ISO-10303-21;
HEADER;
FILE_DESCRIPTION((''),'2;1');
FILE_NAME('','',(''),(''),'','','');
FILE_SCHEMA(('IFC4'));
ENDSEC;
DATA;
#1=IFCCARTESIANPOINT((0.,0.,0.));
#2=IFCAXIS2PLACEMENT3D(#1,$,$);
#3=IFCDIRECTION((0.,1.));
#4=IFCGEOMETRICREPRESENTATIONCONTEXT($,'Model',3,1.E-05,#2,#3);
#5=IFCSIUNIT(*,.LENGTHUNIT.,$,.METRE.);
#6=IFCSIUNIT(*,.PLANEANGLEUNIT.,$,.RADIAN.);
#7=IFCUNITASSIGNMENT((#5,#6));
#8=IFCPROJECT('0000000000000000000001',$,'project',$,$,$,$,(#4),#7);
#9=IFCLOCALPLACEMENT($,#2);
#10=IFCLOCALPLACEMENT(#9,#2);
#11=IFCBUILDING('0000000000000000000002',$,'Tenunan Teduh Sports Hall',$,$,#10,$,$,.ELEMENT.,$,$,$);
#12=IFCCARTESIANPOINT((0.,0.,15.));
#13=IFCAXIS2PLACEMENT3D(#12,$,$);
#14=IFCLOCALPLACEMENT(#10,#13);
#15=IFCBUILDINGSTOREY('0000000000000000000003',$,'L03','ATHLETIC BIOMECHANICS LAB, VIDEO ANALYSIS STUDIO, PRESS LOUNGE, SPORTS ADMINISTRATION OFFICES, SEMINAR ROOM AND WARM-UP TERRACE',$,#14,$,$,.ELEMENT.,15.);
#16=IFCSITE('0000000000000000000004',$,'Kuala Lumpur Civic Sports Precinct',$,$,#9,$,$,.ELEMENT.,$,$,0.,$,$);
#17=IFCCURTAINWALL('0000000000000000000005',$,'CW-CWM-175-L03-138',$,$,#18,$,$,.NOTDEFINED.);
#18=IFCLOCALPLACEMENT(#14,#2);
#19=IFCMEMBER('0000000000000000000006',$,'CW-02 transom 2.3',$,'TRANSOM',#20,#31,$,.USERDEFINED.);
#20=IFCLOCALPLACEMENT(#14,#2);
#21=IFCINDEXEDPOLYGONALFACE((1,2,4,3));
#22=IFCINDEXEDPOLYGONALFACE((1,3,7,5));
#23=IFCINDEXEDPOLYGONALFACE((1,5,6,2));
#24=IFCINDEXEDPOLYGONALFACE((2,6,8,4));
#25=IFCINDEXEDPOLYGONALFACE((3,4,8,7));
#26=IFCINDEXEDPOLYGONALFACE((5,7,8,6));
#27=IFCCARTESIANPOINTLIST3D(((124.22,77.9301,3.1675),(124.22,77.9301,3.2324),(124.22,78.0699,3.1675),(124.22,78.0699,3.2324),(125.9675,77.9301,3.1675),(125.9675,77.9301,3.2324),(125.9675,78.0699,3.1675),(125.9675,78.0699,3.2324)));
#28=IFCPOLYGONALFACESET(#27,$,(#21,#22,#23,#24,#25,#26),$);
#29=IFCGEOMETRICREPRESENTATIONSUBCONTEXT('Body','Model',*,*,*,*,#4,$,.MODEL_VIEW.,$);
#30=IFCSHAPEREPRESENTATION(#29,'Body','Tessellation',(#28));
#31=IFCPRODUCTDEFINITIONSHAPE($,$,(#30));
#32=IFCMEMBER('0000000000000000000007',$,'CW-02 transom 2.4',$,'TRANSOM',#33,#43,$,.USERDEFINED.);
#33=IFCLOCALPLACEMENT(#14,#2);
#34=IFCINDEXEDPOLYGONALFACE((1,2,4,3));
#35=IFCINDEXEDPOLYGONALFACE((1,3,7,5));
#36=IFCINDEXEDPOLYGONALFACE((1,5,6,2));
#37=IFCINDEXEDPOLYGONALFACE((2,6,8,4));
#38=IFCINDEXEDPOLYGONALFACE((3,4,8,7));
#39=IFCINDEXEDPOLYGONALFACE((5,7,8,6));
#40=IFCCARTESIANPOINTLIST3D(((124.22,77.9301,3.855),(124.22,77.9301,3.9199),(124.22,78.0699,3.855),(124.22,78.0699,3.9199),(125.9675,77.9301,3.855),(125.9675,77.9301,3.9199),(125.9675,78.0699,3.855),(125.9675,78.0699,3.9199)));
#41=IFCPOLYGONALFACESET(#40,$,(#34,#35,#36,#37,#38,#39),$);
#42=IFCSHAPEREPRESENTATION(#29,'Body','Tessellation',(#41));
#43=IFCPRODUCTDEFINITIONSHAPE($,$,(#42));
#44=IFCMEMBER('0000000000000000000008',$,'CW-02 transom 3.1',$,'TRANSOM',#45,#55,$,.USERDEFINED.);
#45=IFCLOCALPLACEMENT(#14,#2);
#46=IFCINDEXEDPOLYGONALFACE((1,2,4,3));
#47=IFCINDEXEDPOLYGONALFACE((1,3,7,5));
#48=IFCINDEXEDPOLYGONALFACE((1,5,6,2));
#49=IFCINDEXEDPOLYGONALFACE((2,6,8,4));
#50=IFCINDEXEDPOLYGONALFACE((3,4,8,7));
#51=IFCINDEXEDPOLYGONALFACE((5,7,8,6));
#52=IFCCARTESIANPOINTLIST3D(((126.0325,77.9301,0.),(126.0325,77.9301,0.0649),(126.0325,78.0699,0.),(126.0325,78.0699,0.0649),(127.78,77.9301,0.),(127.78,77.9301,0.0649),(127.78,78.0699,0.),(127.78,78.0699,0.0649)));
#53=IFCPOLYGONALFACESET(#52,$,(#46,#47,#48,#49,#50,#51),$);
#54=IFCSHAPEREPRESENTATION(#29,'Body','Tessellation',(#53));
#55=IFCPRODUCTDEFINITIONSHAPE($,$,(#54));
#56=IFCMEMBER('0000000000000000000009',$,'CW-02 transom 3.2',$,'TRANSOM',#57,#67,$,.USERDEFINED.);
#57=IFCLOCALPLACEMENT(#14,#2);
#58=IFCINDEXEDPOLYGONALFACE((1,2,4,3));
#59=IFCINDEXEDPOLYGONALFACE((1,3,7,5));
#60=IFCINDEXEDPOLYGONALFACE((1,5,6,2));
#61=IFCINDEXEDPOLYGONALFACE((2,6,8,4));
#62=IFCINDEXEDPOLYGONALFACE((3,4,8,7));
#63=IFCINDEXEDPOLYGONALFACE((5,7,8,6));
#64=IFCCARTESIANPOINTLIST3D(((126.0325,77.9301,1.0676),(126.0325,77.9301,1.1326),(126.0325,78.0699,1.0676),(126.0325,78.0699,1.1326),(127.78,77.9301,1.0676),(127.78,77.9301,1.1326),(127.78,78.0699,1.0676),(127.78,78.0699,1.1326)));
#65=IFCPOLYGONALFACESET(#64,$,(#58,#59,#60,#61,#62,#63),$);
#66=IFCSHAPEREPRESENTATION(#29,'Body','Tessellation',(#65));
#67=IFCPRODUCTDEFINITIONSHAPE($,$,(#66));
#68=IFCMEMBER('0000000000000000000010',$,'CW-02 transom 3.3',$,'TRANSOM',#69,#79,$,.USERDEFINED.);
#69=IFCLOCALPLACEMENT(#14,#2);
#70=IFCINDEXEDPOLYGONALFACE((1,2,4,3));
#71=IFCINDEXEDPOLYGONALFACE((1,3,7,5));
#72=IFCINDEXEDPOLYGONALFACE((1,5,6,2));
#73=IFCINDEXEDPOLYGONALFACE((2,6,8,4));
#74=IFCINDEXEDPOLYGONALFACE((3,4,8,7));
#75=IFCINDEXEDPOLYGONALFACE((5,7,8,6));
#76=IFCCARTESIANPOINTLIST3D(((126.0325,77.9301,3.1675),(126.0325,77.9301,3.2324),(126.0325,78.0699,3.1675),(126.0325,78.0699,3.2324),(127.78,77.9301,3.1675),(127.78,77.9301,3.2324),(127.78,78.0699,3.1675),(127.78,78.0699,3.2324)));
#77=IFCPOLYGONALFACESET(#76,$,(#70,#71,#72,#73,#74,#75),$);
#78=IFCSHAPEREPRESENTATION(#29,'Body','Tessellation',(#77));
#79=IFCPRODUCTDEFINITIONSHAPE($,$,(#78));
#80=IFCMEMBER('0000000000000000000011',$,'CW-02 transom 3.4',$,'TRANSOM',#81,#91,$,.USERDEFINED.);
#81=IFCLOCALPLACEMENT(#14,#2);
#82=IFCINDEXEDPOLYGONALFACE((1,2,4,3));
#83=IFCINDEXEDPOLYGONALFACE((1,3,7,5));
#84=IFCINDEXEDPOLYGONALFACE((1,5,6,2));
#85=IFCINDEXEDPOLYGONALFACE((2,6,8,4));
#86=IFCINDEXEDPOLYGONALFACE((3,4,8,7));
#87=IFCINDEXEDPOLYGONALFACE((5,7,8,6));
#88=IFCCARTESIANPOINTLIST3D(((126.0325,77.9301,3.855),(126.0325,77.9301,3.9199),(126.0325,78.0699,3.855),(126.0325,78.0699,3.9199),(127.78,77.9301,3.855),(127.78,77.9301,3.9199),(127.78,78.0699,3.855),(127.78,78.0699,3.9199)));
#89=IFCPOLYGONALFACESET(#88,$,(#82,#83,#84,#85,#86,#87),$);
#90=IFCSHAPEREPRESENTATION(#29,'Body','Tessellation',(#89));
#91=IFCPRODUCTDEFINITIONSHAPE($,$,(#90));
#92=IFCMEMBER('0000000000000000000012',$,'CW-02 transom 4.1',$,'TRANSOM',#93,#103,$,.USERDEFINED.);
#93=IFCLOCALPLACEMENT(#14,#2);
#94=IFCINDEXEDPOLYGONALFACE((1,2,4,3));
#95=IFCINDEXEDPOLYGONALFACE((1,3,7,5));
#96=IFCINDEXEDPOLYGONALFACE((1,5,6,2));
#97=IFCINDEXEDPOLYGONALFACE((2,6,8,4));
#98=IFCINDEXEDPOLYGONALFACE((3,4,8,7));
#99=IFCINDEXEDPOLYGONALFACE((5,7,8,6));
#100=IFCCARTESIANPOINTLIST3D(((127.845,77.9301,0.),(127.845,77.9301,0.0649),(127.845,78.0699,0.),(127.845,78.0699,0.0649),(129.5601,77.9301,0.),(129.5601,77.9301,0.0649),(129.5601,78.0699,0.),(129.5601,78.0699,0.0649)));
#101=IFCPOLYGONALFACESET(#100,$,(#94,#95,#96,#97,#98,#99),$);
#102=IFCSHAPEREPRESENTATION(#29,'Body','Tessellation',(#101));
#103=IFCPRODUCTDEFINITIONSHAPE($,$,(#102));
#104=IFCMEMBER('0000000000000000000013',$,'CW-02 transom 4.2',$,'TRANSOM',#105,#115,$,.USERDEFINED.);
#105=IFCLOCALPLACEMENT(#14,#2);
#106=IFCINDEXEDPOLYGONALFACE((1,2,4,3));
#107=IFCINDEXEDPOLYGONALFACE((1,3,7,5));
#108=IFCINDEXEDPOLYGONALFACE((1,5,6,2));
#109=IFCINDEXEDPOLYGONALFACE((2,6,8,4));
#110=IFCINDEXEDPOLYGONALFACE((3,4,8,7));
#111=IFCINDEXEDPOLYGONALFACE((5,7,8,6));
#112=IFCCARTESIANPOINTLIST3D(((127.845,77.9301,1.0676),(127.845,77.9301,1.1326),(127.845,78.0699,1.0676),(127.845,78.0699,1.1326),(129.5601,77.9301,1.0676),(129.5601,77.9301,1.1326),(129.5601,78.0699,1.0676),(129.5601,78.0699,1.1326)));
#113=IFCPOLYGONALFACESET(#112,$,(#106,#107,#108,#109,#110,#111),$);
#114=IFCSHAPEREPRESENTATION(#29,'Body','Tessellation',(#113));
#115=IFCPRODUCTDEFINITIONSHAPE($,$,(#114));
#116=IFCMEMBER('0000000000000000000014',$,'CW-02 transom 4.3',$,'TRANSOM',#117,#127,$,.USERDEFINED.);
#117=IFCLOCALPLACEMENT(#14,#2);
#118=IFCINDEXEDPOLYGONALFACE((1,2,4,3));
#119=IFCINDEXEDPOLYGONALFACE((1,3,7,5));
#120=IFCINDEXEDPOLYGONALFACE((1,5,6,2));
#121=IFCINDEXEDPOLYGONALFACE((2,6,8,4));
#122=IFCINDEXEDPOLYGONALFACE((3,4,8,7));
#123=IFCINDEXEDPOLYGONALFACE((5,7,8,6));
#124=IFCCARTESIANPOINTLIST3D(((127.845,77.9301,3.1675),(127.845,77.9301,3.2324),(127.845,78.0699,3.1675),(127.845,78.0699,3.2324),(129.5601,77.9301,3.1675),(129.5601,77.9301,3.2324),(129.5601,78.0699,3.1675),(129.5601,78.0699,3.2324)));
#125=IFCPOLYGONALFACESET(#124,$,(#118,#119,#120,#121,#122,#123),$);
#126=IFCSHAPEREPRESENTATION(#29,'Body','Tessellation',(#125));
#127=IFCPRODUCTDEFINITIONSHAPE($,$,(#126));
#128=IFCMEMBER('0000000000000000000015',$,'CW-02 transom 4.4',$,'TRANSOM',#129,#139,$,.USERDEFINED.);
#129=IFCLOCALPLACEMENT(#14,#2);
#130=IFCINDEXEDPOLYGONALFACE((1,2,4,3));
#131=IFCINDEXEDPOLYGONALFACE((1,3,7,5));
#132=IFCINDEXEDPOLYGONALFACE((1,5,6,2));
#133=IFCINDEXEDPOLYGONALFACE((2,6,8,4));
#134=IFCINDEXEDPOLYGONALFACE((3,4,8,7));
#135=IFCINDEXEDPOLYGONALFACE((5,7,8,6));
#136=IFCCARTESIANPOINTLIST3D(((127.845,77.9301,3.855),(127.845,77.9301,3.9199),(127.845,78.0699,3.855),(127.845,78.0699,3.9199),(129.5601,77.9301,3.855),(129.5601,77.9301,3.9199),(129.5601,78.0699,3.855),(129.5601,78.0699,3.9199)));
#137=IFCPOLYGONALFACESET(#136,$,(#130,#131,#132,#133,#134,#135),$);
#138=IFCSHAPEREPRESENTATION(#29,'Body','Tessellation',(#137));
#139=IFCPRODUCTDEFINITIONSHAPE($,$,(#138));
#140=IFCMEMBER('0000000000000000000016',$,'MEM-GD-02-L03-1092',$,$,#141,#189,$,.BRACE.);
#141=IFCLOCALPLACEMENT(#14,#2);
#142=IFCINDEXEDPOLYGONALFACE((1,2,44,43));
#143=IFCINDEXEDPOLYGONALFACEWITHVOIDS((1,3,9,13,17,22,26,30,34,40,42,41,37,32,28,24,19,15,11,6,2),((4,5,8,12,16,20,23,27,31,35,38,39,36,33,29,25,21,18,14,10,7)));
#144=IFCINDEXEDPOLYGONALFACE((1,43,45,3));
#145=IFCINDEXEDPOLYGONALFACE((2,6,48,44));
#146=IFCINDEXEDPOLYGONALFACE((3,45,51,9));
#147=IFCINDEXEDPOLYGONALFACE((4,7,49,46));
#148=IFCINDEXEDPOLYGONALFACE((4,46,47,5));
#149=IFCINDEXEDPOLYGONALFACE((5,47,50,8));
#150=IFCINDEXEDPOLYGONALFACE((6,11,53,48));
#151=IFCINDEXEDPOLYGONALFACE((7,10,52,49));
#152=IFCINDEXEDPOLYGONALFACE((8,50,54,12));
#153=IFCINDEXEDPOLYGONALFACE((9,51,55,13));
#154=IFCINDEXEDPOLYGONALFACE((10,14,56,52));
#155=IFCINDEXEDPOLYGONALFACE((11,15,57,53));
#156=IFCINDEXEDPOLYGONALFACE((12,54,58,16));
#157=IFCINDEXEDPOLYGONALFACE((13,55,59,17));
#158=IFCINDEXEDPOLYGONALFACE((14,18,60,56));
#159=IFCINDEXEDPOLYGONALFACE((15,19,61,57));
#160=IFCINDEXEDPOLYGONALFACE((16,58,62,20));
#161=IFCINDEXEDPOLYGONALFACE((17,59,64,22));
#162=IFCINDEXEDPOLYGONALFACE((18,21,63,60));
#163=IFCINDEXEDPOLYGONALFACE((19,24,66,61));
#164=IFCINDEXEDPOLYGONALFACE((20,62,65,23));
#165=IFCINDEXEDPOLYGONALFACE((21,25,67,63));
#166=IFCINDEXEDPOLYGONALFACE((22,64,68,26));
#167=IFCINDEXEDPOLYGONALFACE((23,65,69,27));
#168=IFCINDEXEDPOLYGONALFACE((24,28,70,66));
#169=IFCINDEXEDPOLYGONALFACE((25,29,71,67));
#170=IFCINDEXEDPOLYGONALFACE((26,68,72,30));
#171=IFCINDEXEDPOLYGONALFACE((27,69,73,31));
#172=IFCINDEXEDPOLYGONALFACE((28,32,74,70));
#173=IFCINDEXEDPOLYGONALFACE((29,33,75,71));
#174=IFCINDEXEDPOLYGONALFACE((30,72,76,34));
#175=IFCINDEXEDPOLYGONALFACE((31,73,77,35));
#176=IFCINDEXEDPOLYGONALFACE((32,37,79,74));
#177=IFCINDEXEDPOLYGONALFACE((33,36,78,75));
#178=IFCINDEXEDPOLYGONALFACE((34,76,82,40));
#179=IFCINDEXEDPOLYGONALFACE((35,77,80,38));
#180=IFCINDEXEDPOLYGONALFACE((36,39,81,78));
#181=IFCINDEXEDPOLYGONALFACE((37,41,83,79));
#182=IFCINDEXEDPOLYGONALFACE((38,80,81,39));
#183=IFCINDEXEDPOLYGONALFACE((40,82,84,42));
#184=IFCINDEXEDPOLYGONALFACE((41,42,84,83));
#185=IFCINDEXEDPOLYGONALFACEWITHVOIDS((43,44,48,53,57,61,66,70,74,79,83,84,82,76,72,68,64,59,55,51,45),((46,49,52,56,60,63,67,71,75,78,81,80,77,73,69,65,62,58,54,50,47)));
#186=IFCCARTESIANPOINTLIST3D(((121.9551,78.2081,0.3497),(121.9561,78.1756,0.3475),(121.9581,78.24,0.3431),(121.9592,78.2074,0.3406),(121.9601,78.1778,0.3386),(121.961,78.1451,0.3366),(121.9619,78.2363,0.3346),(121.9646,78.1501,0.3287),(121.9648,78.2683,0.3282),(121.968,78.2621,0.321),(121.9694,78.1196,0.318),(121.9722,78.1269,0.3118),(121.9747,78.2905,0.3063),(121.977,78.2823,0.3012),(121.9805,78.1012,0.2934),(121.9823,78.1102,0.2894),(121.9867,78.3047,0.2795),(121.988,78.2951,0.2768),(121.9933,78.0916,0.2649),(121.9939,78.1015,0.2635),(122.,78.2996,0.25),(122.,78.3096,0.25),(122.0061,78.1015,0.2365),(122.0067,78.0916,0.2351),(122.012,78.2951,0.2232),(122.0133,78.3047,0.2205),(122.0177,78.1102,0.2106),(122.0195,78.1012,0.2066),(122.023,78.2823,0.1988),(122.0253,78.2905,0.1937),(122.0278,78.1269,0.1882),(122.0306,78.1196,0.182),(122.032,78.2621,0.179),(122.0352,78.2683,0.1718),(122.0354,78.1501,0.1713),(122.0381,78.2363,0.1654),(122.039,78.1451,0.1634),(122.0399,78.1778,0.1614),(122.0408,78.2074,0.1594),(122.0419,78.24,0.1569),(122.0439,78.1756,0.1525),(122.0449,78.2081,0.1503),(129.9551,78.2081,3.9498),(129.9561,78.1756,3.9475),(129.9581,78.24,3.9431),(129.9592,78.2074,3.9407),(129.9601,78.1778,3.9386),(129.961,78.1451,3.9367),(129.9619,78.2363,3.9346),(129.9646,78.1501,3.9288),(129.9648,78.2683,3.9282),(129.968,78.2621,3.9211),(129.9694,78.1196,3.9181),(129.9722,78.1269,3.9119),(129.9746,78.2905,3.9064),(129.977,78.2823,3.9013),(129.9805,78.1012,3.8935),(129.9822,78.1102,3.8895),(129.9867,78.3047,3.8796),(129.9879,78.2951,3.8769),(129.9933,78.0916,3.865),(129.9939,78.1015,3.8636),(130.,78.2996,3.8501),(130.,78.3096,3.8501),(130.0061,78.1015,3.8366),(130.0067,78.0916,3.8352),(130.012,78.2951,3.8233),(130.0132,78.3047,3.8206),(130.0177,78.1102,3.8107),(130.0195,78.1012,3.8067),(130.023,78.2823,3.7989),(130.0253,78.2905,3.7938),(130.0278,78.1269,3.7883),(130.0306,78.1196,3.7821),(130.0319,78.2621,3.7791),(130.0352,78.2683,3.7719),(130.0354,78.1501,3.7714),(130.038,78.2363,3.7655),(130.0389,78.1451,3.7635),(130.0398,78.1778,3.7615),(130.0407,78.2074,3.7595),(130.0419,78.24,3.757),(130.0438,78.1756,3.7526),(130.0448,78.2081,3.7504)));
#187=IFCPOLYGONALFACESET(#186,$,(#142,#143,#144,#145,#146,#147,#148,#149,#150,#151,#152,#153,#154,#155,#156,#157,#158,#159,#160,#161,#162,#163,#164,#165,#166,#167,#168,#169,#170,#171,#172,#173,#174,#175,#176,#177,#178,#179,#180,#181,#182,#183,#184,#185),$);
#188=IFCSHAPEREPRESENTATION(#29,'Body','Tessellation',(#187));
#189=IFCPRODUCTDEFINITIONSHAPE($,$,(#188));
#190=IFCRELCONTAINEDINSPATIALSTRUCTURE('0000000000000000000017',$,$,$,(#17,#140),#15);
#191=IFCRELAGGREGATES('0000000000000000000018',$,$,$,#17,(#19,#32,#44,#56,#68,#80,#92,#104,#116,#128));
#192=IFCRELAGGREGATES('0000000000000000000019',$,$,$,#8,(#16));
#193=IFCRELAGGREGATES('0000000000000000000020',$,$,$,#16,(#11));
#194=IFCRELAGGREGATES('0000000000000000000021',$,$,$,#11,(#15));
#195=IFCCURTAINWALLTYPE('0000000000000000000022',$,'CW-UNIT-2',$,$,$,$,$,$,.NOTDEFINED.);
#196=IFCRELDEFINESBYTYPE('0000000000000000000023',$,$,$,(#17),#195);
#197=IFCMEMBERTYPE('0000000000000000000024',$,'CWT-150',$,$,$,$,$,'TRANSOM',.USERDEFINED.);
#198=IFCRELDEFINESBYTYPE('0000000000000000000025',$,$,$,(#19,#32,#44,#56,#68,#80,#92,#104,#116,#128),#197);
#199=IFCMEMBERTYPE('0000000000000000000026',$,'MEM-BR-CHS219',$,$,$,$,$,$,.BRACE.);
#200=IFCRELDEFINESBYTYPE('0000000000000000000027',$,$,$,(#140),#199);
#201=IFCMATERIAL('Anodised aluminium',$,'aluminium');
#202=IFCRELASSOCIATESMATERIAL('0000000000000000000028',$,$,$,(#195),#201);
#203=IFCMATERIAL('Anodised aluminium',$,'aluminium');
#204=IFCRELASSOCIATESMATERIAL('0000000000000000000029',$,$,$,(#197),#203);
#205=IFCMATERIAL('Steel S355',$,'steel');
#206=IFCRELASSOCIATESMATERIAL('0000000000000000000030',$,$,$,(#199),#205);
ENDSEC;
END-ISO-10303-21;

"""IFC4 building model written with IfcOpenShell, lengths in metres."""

from ifc_helpers import new_model, si_unit, direction, frame, origin, origin_2d, place, context, subcontext, project, spatial, rectangle, hollow_circle, extrude, material, material_profile, profile_set, type_object, element, aggregate, save


model = new_model("IFC4")

# Units and contexts
model_context = context("Model", 3, precision=1e-05, world=origin(), true_north=direction((0.0, 1.0)))
body_context = subcontext(model_context, "Body", "Model", "MODEL_VIEW")
ifc_project = project(units=[si_unit("LENGTHUNIT", "METRE"), si_unit("PLANEANGLEUNIT", "RADIAN")], contexts=[model_context])

# Site, building, storey
site_placement = place(None, origin())
site = spatial("IfcSite", under=ifc_project, at=site_placement, Name="Kuala Lumpur Civic Sports Precinct", CompositionType="ELEMENT", RefElevation=0.0)
building_placement = place(site_placement, origin())
building = spatial("IfcBuilding", under=site, at=building_placement, Name="Tenunan Teduh Sports Hall", CompositionType="ELEMENT")
storey_placement = place(building_placement, frame((0.0, 0.0, 15.0)))
storey = spatial("IfcBuildingStorey", under=building, at=storey_placement, Name="L03", Description="ATHLETIC BIOMECHANICS LAB, VIDEO ANALYSIS STUDIO, PRESS LOUNGE, SPORTS ADMINISTRATION OFFICES, SEMINAR ROOM AND WARM-UP TERRACE", CompositionType="ELEMENT", Elevation=15.0)

# Shared definitions
ifc_material_1 = material(Name="Anodised aluminium", Category="aluminium")
curtain_wall_type = type_object("IfcCurtainWallType", Name="CW-UNIT-2", PredefinedType="NOTDEFINED", material=ifc_material_1)

# Curtain wall, members
curtain_wall_1_placement = place(storey_placement, origin())
curtain_wall_1 = element("IfcCurtainWall", 1, at=curtain_wall_1_placement, inside=storey, type_object=curtain_wall_type, Name="CW-CWM-175-L03-138", PredefinedType="NOTDEFINED")
ifc_material_2 = material(Name="Anodised aluminium", Category="aluminium")
ifc_material_profile_1 = material_profile(ifc_material_2, rectangle(XDim=0.0649, YDim=0.1399, at=origin_2d()), Name="CWT 65x140")
ifc_profile_set_1 = profile_set([ifc_material_profile_1], Name="Anodised aluminium")
member_type_1 = type_object("IfcMemberType", Name="CWT-150", ElementType="TRANSOM", PredefinedType="USERDEFINED", material=ifc_profile_set_1)
member_1_placement = place(storey_placement, frame((124.22, 78.0, 3.2), z_axis=(1.0, 0.0, 0.0), x_axis=(0.0, 0.0, 1.0)))
member_1 = element("IfcMember", 2, at=member_1_placement, type_object=member_type_1, Name="CW-02 transom 2.3", ObjectType="TRANSOM", PredefinedType="USERDEFINED", context=body_context, shape_type="SweptSolid", body=[
    extrude(rectangle(XDim=0.0649, YDim=0.1399, at=origin_2d()), origin(), (0.0, 0.0, 1.0), 1.7476),
])
member_2_placement = place(storey_placement, frame((124.22, 78.0, 3.8875), z_axis=(1.0, 0.0, 0.0), x_axis=(0.0, 0.0, 1.0)))
member_2 = element("IfcMember", 3, at=member_2_placement, type_object=member_type_1, Name="CW-02 transom 2.4", ObjectType="TRANSOM", PredefinedType="USERDEFINED", context=body_context, shape_type="SweptSolid", body=[
    extrude(rectangle(XDim=0.0649, YDim=0.1399, at=origin_2d()), origin(), (0.0, 0.0, 1.0), 1.7476),
])
member_3_placement = place(storey_placement, frame((126.0325, 78.0, 0.0325), z_axis=(1.0, 0.0, 0.0), x_axis=(0.0, 0.0, 1.0)))
member_3 = element("IfcMember", 4, at=member_3_placement, type_object=member_type_1, Name="CW-02 transom 3.1", ObjectType="TRANSOM", PredefinedType="USERDEFINED", context=body_context, shape_type="SweptSolid", body=[
    extrude(rectangle(XDim=0.0649, YDim=0.1399, at=origin_2d()), origin(), (0.0, 0.0, 1.0), 1.7476),
])
member_4_placement = place(storey_placement, frame((126.0325, 78.0, 1.1001), z_axis=(1.0, 0.0, 0.0), x_axis=(0.0, 0.0, 1.0)))
member_4 = element("IfcMember", 5, at=member_4_placement, type_object=member_type_1, Name="CW-02 transom 3.2", ObjectType="TRANSOM", PredefinedType="USERDEFINED", context=body_context, shape_type="SweptSolid", body=[
    extrude(rectangle(XDim=0.0649, YDim=0.1399, at=origin_2d()), origin(), (0.0, 0.0, 1.0), 1.7476),
])
member_5_placement = place(storey_placement, frame((126.0325, 78.0, 3.2), z_axis=(1.0, 0.0, 0.0), x_axis=(0.0, 0.0, 1.0)))
member_5 = element("IfcMember", 6, at=member_5_placement, type_object=member_type_1, Name="CW-02 transom 3.3", ObjectType="TRANSOM", PredefinedType="USERDEFINED", context=body_context, shape_type="SweptSolid", body=[
    extrude(rectangle(XDim=0.0649, YDim=0.1399, at=origin_2d()), origin(), (0.0, 0.0, 1.0), 1.7476),
])
member_6_placement = place(storey_placement, frame((126.0325, 78.0, 3.8875), z_axis=(1.0, 0.0, 0.0), x_axis=(0.0, 0.0, 1.0)))
member_6 = element("IfcMember", 7, at=member_6_placement, type_object=member_type_1, Name="CW-02 transom 3.4", ObjectType="TRANSOM", PredefinedType="USERDEFINED", context=body_context, shape_type="SweptSolid", body=[
    extrude(rectangle(XDim=0.0649, YDim=0.1399, at=origin_2d()), origin(), (0.0, 0.0, 1.0), 1.7476),
])
member_7_placement = place(storey_placement, frame((127.845, 78.0, 0.0325), z_axis=(1.0, 0.0, 0.0), x_axis=(0.0, 0.0, 1.0)))
member_7 = element("IfcMember", 8, at=member_7_placement, type_object=member_type_1, Name="CW-02 transom 4.1", ObjectType="TRANSOM", PredefinedType="USERDEFINED", context=body_context, shape_type="SweptSolid", body=[
    extrude(rectangle(XDim=0.0649, YDim=0.1399, at=origin_2d()), origin(), (0.0, 0.0, 1.0), 1.7151),
])
member_8_placement = place(storey_placement, frame((127.845, 78.0, 1.1001), z_axis=(1.0, 0.0, 0.0), x_axis=(0.0, 0.0, 1.0)))
member_8 = element("IfcMember", 9, at=member_8_placement, type_object=member_type_1, Name="CW-02 transom 4.2", ObjectType="TRANSOM", PredefinedType="USERDEFINED", context=body_context, shape_type="SweptSolid", body=[
    extrude(rectangle(XDim=0.0649, YDim=0.1399, at=origin_2d()), origin(), (0.0, 0.0, 1.0), 1.7151),
])
member_9_placement = place(storey_placement, frame((127.845, 78.0, 3.2), z_axis=(1.0, 0.0, 0.0), x_axis=(0.0, 0.0, 1.0)))
member_9 = element("IfcMember", 10, at=member_9_placement, type_object=member_type_1, Name="CW-02 transom 4.3", ObjectType="TRANSOM", PredefinedType="USERDEFINED", context=body_context, shape_type="SweptSolid", body=[
    extrude(rectangle(XDim=0.0649, YDim=0.1399, at=origin_2d()), origin(), (0.0, 0.0, 1.0), 1.7151),
])
member_10_placement = place(storey_placement, frame((127.845, 78.0, 3.8875), z_axis=(1.0, 0.0, 0.0), x_axis=(0.0, 0.0, 1.0)))
member_10 = element("IfcMember", 11, at=member_10_placement, type_object=member_type_1, Name="CW-02 transom 4.4", ObjectType="TRANSOM", PredefinedType="USERDEFINED", context=body_context, shape_type="SweptSolid", body=[
    extrude(rectangle(XDim=0.0649, YDim=0.1399, at=origin_2d()), origin(), (0.0, 0.0, 1.0), 1.7151),
])

# Member
ifc_material_3 = material(Name="Steel S355", Category="steel")
ifc_material_profile_2 = material_profile(ifc_material_3, hollow_circle(Radius=0.1096, WallThickness=0.01, at=origin_2d()), Name="CHS 219.1x10.0")
ifc_profile_set_2 = profile_set([ifc_material_profile_2], Name="Steel S355")
member_type_2 = type_object("IfcMemberType", Name="MEM-BR-CHS219", PredefinedType="BRACE", material=ifc_profile_set_2)
member_11_placement = place(storey_placement, frame((122.0, 78.2, 0.25), z_axis=(0.911917, 0.0, 0.410374), x_axis=(0.0, 1.0, 0.0)))
element("IfcMember", 12, at=member_11_placement, inside=storey, type_object=member_type_2, Name="MEM-GD-02-L03-1092", PredefinedType="BRACE", context=body_context, shape_type="SweptSolid", body=[
    extrude(hollow_circle(Radius=0.1096, WallThickness=0.01, at=origin_2d()), origin(), (0.0, 0.0, 1.0), 8.7727),
])

aggregate(curtain_wall_1, [member_1, member_2, member_3, member_4, member_5, member_6, member_7, member_8, member_9, member_10])

save(model, "model.ifc")
